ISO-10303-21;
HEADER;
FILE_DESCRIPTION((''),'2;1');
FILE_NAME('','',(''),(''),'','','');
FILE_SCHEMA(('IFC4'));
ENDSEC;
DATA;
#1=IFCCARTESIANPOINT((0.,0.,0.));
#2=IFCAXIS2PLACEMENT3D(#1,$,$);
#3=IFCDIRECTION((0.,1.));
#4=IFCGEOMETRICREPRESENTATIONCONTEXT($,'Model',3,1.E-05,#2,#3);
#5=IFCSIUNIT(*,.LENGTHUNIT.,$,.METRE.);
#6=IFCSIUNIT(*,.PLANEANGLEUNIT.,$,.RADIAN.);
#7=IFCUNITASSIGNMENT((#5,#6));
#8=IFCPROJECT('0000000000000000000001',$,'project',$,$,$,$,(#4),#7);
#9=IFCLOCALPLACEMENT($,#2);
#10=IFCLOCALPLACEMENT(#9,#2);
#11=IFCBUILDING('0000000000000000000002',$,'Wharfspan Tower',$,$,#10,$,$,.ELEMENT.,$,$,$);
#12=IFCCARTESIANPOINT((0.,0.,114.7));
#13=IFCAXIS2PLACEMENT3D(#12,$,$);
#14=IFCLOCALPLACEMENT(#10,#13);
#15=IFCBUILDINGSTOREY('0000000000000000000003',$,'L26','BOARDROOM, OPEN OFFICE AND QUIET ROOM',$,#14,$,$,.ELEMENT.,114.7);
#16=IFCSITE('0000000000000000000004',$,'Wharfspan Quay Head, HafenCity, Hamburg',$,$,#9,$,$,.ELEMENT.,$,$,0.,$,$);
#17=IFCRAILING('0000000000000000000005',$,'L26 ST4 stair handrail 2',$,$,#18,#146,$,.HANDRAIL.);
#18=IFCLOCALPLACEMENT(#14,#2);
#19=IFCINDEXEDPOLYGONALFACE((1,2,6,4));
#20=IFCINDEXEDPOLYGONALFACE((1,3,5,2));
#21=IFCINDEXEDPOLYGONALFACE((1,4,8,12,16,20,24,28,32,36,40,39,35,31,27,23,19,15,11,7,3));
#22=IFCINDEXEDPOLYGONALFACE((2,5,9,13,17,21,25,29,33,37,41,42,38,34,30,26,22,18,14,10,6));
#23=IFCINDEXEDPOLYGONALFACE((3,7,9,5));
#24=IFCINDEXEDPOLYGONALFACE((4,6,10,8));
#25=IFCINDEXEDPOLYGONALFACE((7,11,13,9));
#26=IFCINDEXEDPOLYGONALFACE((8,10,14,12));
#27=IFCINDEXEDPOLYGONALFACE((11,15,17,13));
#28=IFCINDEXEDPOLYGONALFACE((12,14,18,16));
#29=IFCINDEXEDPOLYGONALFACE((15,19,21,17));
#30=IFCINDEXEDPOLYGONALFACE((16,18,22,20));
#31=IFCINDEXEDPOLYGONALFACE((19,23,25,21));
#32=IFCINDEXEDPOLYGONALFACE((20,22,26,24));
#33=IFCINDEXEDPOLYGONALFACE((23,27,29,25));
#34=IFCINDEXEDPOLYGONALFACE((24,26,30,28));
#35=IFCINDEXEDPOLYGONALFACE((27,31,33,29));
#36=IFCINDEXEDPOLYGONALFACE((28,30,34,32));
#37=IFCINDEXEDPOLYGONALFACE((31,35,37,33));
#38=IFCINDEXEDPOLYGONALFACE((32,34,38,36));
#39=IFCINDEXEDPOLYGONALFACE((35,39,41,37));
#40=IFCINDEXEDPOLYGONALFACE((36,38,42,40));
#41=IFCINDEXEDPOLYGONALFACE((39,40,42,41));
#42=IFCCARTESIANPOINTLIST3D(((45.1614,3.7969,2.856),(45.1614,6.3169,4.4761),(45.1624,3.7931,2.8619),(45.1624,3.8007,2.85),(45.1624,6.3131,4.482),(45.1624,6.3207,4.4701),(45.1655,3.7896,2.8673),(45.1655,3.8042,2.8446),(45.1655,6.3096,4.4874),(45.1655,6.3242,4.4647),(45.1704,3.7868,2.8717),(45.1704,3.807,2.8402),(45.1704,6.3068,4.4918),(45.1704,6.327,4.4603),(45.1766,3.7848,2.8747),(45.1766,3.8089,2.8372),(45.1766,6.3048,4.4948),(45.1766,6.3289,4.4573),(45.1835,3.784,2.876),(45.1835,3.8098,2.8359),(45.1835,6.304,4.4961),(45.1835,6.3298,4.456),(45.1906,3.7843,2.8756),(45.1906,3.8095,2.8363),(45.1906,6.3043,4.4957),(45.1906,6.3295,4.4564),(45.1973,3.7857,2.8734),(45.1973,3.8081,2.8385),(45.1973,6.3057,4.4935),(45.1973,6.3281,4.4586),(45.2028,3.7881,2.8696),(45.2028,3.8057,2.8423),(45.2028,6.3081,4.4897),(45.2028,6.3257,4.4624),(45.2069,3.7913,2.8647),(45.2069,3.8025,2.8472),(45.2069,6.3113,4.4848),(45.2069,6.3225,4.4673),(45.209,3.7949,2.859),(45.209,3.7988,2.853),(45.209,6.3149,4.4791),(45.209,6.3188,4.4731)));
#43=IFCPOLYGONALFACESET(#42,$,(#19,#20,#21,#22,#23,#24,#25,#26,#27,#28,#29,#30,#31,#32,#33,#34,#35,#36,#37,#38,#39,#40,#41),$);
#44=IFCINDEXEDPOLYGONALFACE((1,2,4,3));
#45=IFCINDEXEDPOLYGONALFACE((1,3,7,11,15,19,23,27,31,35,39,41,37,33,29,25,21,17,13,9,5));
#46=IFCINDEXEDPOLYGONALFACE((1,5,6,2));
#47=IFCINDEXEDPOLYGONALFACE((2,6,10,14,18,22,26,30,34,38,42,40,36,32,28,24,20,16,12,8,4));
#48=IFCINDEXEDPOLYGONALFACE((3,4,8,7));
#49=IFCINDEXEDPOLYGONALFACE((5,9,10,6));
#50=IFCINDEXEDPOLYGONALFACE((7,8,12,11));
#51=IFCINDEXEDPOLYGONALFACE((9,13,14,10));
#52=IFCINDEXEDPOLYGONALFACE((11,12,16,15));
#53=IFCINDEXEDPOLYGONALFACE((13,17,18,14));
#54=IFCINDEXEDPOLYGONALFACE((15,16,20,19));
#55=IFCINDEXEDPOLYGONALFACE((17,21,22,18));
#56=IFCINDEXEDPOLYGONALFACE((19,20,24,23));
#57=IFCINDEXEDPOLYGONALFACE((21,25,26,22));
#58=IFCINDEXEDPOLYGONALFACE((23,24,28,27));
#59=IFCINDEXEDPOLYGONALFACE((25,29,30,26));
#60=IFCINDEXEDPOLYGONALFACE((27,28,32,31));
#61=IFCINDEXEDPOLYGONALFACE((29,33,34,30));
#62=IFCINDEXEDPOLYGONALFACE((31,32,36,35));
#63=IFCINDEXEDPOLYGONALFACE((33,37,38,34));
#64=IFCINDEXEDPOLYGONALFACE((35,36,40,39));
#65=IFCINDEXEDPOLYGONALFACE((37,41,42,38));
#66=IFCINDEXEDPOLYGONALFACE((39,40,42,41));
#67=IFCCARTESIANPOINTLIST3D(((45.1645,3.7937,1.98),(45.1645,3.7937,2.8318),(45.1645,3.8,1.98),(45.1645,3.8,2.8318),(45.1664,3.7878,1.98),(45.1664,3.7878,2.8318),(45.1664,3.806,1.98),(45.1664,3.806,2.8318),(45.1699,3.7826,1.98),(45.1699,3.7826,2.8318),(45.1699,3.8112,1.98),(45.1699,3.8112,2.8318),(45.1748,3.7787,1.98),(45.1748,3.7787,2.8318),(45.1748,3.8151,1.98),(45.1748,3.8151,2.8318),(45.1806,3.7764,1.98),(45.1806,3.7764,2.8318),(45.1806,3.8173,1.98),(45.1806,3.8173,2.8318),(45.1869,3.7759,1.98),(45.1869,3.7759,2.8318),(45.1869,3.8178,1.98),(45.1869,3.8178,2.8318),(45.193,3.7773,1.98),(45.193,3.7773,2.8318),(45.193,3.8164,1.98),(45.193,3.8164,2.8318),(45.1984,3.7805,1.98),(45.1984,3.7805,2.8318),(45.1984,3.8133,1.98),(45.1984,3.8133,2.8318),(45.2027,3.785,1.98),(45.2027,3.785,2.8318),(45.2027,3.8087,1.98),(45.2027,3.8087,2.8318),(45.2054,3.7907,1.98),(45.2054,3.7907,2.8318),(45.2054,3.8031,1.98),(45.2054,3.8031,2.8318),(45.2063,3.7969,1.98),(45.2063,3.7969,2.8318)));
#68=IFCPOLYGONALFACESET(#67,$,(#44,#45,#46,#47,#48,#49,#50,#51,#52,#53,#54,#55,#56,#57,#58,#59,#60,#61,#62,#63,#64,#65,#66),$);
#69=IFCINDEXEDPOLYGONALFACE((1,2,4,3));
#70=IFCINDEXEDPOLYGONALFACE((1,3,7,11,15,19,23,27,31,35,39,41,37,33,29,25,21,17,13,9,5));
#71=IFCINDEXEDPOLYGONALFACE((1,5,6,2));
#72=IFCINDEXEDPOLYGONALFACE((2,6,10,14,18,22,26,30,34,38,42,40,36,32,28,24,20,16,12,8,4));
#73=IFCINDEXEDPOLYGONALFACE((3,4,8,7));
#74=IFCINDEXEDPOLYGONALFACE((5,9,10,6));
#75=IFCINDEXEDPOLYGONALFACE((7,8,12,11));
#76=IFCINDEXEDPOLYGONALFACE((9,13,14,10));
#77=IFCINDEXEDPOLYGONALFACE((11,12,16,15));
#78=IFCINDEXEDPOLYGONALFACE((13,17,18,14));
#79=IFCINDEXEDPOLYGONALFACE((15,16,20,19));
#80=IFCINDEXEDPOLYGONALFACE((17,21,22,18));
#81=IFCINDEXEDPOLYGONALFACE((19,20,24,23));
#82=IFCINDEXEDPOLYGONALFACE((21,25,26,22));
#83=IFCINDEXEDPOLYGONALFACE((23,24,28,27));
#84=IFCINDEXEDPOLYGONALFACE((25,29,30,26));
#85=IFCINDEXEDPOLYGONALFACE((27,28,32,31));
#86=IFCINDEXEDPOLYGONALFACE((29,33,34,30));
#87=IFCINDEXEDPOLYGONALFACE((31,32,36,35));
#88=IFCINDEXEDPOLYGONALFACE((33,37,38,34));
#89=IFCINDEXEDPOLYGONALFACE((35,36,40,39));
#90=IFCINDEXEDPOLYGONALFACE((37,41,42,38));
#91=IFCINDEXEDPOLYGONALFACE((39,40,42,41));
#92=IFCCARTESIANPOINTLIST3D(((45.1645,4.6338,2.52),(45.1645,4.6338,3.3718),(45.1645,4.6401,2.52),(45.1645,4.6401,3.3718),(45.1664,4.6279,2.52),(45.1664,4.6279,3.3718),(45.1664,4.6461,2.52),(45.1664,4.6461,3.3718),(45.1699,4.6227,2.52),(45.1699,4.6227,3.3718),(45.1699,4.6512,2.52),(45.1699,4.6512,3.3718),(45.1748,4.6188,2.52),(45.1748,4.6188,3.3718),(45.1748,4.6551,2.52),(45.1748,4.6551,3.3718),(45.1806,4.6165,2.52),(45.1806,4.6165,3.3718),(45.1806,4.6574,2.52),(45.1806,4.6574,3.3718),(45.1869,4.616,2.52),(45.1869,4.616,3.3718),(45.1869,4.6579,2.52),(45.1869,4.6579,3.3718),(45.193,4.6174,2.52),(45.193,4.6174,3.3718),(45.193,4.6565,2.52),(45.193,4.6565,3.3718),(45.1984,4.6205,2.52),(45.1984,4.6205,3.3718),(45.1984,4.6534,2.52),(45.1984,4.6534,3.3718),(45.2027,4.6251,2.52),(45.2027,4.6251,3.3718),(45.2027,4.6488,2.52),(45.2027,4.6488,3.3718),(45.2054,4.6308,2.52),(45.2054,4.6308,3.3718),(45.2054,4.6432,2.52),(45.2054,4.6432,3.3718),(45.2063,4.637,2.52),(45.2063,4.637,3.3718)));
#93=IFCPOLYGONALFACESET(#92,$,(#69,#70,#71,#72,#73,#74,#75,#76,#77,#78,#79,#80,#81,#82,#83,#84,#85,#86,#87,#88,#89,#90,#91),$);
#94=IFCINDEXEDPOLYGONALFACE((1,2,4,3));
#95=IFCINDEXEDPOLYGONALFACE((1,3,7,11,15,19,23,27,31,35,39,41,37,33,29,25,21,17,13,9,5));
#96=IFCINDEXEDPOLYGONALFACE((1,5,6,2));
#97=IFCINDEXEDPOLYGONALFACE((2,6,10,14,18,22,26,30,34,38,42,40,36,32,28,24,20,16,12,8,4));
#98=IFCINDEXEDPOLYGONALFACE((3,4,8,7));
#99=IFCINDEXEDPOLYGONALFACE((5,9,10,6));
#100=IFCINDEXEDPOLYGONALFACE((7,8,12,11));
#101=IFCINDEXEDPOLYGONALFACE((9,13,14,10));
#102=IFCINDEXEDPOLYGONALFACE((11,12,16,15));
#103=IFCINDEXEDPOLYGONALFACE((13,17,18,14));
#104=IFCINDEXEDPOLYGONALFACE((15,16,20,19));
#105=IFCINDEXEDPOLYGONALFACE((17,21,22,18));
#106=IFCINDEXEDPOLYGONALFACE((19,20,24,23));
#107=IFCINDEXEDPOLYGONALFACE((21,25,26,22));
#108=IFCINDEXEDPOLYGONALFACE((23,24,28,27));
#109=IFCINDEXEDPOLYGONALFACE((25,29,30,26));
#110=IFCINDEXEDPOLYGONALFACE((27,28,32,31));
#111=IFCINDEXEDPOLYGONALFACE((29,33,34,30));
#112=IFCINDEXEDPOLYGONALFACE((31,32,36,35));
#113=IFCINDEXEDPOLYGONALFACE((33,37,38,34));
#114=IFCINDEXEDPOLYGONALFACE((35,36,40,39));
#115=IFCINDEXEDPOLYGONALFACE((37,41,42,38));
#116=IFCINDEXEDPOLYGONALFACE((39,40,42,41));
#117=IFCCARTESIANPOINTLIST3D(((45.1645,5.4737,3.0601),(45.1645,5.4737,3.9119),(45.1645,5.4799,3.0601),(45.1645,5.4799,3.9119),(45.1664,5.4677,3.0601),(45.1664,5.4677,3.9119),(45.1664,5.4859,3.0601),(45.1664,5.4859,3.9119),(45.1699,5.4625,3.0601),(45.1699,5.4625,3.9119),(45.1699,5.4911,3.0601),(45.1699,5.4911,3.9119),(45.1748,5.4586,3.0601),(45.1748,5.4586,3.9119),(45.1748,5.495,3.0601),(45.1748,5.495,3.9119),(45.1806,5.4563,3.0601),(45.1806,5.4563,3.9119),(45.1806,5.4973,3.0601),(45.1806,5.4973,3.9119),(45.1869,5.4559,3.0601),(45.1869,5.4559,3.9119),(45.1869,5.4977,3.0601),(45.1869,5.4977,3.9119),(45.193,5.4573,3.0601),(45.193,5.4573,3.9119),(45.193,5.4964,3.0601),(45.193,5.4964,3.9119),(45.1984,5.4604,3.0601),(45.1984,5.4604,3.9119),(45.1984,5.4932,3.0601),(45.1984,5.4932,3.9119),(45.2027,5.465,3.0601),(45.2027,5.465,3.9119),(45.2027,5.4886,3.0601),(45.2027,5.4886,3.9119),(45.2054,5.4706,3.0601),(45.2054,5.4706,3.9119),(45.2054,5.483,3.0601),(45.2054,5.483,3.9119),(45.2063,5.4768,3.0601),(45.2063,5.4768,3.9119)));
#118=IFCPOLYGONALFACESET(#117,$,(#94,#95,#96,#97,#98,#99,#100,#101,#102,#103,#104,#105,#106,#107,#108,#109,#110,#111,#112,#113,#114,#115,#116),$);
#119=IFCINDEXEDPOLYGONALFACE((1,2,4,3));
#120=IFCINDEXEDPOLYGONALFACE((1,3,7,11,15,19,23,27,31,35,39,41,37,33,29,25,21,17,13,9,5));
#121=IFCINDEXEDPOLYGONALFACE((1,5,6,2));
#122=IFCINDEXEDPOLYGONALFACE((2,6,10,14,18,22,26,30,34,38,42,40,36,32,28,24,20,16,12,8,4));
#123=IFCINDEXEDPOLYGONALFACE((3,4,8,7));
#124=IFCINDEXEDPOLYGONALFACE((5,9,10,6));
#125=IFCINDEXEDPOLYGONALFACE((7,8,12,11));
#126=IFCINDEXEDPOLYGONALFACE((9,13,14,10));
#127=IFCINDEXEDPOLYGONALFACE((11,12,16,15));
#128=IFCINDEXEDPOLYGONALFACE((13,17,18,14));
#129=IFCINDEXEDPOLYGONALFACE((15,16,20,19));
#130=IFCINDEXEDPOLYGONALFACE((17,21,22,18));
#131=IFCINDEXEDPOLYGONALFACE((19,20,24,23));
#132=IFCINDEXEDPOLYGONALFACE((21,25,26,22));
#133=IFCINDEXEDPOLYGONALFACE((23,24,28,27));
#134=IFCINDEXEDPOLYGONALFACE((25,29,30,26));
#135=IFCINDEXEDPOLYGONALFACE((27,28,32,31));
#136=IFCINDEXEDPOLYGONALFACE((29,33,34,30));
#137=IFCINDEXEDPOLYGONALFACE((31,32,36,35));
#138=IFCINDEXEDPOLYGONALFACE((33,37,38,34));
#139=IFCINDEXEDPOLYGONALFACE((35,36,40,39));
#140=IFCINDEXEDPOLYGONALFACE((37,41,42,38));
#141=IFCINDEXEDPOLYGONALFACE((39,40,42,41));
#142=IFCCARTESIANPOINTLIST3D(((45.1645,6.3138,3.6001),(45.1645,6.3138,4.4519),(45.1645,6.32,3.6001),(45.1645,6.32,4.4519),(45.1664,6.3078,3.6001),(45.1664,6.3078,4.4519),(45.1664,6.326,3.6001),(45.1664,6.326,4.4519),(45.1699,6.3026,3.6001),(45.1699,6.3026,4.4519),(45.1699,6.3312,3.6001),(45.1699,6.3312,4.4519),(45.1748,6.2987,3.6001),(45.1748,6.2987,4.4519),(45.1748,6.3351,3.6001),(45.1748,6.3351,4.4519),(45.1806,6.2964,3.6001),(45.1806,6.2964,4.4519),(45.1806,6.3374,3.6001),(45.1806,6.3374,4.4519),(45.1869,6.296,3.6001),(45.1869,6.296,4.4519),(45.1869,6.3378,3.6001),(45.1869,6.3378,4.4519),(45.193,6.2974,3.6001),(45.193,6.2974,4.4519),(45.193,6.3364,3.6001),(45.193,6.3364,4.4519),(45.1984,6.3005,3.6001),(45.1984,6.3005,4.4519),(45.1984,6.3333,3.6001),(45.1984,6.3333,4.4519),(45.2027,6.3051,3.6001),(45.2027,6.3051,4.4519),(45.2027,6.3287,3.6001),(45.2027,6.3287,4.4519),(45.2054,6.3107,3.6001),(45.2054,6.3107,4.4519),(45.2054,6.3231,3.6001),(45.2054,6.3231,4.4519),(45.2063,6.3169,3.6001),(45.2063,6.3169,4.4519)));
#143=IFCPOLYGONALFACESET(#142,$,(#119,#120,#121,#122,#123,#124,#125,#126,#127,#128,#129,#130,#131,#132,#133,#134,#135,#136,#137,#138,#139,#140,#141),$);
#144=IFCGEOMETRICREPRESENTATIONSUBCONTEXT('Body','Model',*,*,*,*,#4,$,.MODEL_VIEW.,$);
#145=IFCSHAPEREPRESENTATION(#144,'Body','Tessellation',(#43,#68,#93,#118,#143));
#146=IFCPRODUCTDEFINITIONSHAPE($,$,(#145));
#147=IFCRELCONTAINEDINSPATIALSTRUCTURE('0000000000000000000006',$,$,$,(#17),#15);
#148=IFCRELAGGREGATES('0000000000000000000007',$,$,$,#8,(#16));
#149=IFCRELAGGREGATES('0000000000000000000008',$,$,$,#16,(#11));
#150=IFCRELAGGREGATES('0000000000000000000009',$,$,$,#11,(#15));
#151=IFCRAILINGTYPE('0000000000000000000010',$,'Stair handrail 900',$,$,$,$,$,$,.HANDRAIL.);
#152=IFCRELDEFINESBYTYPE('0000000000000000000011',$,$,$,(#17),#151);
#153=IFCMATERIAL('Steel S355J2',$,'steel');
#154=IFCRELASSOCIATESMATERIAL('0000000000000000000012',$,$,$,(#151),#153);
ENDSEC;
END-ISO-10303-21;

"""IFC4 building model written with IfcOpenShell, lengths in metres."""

from ifc_helpers import new_model, si_unit, direction, frame, origin, origin_2d, place, context, subcontext, project, spatial, circle, extrude, material, type_object, element, save


model = new_model("IFC4")

# Units and contexts
model_context = context("Model", 3, precision=1e-05, world=origin(), true_north=direction((0.0, 1.0)))
body_context = subcontext(model_context, "Body", "Model", "MODEL_VIEW")
ifc_project = project(units=[si_unit("LENGTHUNIT", "METRE"), si_unit("PLANEANGLEUNIT", "RADIAN")], contexts=[model_context])

# Site, building, storey
site_placement = place(None, origin())
site = spatial("IfcSite", under=ifc_project, at=site_placement, Name="Wharfspan Quay Head, HafenCity, Hamburg", CompositionType="ELEMENT", RefElevation=0.0)
building_placement = place(site_placement, origin())
building = spatial("IfcBuilding", under=site, at=building_placement, Name="Wharfspan Tower", CompositionType="ELEMENT")
storey_placement = place(building_placement, frame((0.0, 0.0, 114.7)))
storey = spatial("IfcBuildingStorey", under=building, at=storey_placement, Name="L26", Description="BOARDROOM, OPEN OFFICE AND QUIET ROOM", CompositionType="ELEMENT", Elevation=114.7)

# Shared definitions
ifc_material_1 = material(Name="Steel S355J2", Category="steel")

# Railing
railing_type = type_object("IfcRailingType", Name="Stair handrail 900", PredefinedType="HANDRAIL", material=ifc_material_1)
railing_placement = place(storey_placement, frame((45.1853, 3.7969, 1.98)))
element("IfcRailing", 1, at=railing_placement, inside=storey, type_object=railing_type, Name="L26 ST4 stair handrail 2", PredefinedType="HANDRAIL", context=body_context, shape_type="SweptSolid", body=[
    extrude(circle(Radius=0.0239, at=origin_2d()), frame((0.0, 0.0, 0.876), z_axis=(0.0, 0.841163, 0.540782), x_axis=(-1.0, 0.0, 0.0)), (0.0, 0.0, 1.0), 2.9958),
    extrude(circle(Radius=0.021, at=origin_2d()), origin(), (0.0, 0.0, 1.0), 0.8518),
    extrude(circle(Radius=0.021, at=origin_2d()), frame((0.0, 0.8401, 0.54)), (0.0, 0.0, 1.0), 0.8518),
    extrude(circle(Radius=0.021, at=origin_2d()), frame((0.0, 1.6799, 1.0801)), (0.0, 0.0, 1.0), 0.8518),
    extrude(circle(Radius=0.021, at=origin_2d()), frame((0.0, 2.52, 1.6201)), (0.0, 0.0, 1.0), 0.8518),
])

save(model, "model.ifc")
